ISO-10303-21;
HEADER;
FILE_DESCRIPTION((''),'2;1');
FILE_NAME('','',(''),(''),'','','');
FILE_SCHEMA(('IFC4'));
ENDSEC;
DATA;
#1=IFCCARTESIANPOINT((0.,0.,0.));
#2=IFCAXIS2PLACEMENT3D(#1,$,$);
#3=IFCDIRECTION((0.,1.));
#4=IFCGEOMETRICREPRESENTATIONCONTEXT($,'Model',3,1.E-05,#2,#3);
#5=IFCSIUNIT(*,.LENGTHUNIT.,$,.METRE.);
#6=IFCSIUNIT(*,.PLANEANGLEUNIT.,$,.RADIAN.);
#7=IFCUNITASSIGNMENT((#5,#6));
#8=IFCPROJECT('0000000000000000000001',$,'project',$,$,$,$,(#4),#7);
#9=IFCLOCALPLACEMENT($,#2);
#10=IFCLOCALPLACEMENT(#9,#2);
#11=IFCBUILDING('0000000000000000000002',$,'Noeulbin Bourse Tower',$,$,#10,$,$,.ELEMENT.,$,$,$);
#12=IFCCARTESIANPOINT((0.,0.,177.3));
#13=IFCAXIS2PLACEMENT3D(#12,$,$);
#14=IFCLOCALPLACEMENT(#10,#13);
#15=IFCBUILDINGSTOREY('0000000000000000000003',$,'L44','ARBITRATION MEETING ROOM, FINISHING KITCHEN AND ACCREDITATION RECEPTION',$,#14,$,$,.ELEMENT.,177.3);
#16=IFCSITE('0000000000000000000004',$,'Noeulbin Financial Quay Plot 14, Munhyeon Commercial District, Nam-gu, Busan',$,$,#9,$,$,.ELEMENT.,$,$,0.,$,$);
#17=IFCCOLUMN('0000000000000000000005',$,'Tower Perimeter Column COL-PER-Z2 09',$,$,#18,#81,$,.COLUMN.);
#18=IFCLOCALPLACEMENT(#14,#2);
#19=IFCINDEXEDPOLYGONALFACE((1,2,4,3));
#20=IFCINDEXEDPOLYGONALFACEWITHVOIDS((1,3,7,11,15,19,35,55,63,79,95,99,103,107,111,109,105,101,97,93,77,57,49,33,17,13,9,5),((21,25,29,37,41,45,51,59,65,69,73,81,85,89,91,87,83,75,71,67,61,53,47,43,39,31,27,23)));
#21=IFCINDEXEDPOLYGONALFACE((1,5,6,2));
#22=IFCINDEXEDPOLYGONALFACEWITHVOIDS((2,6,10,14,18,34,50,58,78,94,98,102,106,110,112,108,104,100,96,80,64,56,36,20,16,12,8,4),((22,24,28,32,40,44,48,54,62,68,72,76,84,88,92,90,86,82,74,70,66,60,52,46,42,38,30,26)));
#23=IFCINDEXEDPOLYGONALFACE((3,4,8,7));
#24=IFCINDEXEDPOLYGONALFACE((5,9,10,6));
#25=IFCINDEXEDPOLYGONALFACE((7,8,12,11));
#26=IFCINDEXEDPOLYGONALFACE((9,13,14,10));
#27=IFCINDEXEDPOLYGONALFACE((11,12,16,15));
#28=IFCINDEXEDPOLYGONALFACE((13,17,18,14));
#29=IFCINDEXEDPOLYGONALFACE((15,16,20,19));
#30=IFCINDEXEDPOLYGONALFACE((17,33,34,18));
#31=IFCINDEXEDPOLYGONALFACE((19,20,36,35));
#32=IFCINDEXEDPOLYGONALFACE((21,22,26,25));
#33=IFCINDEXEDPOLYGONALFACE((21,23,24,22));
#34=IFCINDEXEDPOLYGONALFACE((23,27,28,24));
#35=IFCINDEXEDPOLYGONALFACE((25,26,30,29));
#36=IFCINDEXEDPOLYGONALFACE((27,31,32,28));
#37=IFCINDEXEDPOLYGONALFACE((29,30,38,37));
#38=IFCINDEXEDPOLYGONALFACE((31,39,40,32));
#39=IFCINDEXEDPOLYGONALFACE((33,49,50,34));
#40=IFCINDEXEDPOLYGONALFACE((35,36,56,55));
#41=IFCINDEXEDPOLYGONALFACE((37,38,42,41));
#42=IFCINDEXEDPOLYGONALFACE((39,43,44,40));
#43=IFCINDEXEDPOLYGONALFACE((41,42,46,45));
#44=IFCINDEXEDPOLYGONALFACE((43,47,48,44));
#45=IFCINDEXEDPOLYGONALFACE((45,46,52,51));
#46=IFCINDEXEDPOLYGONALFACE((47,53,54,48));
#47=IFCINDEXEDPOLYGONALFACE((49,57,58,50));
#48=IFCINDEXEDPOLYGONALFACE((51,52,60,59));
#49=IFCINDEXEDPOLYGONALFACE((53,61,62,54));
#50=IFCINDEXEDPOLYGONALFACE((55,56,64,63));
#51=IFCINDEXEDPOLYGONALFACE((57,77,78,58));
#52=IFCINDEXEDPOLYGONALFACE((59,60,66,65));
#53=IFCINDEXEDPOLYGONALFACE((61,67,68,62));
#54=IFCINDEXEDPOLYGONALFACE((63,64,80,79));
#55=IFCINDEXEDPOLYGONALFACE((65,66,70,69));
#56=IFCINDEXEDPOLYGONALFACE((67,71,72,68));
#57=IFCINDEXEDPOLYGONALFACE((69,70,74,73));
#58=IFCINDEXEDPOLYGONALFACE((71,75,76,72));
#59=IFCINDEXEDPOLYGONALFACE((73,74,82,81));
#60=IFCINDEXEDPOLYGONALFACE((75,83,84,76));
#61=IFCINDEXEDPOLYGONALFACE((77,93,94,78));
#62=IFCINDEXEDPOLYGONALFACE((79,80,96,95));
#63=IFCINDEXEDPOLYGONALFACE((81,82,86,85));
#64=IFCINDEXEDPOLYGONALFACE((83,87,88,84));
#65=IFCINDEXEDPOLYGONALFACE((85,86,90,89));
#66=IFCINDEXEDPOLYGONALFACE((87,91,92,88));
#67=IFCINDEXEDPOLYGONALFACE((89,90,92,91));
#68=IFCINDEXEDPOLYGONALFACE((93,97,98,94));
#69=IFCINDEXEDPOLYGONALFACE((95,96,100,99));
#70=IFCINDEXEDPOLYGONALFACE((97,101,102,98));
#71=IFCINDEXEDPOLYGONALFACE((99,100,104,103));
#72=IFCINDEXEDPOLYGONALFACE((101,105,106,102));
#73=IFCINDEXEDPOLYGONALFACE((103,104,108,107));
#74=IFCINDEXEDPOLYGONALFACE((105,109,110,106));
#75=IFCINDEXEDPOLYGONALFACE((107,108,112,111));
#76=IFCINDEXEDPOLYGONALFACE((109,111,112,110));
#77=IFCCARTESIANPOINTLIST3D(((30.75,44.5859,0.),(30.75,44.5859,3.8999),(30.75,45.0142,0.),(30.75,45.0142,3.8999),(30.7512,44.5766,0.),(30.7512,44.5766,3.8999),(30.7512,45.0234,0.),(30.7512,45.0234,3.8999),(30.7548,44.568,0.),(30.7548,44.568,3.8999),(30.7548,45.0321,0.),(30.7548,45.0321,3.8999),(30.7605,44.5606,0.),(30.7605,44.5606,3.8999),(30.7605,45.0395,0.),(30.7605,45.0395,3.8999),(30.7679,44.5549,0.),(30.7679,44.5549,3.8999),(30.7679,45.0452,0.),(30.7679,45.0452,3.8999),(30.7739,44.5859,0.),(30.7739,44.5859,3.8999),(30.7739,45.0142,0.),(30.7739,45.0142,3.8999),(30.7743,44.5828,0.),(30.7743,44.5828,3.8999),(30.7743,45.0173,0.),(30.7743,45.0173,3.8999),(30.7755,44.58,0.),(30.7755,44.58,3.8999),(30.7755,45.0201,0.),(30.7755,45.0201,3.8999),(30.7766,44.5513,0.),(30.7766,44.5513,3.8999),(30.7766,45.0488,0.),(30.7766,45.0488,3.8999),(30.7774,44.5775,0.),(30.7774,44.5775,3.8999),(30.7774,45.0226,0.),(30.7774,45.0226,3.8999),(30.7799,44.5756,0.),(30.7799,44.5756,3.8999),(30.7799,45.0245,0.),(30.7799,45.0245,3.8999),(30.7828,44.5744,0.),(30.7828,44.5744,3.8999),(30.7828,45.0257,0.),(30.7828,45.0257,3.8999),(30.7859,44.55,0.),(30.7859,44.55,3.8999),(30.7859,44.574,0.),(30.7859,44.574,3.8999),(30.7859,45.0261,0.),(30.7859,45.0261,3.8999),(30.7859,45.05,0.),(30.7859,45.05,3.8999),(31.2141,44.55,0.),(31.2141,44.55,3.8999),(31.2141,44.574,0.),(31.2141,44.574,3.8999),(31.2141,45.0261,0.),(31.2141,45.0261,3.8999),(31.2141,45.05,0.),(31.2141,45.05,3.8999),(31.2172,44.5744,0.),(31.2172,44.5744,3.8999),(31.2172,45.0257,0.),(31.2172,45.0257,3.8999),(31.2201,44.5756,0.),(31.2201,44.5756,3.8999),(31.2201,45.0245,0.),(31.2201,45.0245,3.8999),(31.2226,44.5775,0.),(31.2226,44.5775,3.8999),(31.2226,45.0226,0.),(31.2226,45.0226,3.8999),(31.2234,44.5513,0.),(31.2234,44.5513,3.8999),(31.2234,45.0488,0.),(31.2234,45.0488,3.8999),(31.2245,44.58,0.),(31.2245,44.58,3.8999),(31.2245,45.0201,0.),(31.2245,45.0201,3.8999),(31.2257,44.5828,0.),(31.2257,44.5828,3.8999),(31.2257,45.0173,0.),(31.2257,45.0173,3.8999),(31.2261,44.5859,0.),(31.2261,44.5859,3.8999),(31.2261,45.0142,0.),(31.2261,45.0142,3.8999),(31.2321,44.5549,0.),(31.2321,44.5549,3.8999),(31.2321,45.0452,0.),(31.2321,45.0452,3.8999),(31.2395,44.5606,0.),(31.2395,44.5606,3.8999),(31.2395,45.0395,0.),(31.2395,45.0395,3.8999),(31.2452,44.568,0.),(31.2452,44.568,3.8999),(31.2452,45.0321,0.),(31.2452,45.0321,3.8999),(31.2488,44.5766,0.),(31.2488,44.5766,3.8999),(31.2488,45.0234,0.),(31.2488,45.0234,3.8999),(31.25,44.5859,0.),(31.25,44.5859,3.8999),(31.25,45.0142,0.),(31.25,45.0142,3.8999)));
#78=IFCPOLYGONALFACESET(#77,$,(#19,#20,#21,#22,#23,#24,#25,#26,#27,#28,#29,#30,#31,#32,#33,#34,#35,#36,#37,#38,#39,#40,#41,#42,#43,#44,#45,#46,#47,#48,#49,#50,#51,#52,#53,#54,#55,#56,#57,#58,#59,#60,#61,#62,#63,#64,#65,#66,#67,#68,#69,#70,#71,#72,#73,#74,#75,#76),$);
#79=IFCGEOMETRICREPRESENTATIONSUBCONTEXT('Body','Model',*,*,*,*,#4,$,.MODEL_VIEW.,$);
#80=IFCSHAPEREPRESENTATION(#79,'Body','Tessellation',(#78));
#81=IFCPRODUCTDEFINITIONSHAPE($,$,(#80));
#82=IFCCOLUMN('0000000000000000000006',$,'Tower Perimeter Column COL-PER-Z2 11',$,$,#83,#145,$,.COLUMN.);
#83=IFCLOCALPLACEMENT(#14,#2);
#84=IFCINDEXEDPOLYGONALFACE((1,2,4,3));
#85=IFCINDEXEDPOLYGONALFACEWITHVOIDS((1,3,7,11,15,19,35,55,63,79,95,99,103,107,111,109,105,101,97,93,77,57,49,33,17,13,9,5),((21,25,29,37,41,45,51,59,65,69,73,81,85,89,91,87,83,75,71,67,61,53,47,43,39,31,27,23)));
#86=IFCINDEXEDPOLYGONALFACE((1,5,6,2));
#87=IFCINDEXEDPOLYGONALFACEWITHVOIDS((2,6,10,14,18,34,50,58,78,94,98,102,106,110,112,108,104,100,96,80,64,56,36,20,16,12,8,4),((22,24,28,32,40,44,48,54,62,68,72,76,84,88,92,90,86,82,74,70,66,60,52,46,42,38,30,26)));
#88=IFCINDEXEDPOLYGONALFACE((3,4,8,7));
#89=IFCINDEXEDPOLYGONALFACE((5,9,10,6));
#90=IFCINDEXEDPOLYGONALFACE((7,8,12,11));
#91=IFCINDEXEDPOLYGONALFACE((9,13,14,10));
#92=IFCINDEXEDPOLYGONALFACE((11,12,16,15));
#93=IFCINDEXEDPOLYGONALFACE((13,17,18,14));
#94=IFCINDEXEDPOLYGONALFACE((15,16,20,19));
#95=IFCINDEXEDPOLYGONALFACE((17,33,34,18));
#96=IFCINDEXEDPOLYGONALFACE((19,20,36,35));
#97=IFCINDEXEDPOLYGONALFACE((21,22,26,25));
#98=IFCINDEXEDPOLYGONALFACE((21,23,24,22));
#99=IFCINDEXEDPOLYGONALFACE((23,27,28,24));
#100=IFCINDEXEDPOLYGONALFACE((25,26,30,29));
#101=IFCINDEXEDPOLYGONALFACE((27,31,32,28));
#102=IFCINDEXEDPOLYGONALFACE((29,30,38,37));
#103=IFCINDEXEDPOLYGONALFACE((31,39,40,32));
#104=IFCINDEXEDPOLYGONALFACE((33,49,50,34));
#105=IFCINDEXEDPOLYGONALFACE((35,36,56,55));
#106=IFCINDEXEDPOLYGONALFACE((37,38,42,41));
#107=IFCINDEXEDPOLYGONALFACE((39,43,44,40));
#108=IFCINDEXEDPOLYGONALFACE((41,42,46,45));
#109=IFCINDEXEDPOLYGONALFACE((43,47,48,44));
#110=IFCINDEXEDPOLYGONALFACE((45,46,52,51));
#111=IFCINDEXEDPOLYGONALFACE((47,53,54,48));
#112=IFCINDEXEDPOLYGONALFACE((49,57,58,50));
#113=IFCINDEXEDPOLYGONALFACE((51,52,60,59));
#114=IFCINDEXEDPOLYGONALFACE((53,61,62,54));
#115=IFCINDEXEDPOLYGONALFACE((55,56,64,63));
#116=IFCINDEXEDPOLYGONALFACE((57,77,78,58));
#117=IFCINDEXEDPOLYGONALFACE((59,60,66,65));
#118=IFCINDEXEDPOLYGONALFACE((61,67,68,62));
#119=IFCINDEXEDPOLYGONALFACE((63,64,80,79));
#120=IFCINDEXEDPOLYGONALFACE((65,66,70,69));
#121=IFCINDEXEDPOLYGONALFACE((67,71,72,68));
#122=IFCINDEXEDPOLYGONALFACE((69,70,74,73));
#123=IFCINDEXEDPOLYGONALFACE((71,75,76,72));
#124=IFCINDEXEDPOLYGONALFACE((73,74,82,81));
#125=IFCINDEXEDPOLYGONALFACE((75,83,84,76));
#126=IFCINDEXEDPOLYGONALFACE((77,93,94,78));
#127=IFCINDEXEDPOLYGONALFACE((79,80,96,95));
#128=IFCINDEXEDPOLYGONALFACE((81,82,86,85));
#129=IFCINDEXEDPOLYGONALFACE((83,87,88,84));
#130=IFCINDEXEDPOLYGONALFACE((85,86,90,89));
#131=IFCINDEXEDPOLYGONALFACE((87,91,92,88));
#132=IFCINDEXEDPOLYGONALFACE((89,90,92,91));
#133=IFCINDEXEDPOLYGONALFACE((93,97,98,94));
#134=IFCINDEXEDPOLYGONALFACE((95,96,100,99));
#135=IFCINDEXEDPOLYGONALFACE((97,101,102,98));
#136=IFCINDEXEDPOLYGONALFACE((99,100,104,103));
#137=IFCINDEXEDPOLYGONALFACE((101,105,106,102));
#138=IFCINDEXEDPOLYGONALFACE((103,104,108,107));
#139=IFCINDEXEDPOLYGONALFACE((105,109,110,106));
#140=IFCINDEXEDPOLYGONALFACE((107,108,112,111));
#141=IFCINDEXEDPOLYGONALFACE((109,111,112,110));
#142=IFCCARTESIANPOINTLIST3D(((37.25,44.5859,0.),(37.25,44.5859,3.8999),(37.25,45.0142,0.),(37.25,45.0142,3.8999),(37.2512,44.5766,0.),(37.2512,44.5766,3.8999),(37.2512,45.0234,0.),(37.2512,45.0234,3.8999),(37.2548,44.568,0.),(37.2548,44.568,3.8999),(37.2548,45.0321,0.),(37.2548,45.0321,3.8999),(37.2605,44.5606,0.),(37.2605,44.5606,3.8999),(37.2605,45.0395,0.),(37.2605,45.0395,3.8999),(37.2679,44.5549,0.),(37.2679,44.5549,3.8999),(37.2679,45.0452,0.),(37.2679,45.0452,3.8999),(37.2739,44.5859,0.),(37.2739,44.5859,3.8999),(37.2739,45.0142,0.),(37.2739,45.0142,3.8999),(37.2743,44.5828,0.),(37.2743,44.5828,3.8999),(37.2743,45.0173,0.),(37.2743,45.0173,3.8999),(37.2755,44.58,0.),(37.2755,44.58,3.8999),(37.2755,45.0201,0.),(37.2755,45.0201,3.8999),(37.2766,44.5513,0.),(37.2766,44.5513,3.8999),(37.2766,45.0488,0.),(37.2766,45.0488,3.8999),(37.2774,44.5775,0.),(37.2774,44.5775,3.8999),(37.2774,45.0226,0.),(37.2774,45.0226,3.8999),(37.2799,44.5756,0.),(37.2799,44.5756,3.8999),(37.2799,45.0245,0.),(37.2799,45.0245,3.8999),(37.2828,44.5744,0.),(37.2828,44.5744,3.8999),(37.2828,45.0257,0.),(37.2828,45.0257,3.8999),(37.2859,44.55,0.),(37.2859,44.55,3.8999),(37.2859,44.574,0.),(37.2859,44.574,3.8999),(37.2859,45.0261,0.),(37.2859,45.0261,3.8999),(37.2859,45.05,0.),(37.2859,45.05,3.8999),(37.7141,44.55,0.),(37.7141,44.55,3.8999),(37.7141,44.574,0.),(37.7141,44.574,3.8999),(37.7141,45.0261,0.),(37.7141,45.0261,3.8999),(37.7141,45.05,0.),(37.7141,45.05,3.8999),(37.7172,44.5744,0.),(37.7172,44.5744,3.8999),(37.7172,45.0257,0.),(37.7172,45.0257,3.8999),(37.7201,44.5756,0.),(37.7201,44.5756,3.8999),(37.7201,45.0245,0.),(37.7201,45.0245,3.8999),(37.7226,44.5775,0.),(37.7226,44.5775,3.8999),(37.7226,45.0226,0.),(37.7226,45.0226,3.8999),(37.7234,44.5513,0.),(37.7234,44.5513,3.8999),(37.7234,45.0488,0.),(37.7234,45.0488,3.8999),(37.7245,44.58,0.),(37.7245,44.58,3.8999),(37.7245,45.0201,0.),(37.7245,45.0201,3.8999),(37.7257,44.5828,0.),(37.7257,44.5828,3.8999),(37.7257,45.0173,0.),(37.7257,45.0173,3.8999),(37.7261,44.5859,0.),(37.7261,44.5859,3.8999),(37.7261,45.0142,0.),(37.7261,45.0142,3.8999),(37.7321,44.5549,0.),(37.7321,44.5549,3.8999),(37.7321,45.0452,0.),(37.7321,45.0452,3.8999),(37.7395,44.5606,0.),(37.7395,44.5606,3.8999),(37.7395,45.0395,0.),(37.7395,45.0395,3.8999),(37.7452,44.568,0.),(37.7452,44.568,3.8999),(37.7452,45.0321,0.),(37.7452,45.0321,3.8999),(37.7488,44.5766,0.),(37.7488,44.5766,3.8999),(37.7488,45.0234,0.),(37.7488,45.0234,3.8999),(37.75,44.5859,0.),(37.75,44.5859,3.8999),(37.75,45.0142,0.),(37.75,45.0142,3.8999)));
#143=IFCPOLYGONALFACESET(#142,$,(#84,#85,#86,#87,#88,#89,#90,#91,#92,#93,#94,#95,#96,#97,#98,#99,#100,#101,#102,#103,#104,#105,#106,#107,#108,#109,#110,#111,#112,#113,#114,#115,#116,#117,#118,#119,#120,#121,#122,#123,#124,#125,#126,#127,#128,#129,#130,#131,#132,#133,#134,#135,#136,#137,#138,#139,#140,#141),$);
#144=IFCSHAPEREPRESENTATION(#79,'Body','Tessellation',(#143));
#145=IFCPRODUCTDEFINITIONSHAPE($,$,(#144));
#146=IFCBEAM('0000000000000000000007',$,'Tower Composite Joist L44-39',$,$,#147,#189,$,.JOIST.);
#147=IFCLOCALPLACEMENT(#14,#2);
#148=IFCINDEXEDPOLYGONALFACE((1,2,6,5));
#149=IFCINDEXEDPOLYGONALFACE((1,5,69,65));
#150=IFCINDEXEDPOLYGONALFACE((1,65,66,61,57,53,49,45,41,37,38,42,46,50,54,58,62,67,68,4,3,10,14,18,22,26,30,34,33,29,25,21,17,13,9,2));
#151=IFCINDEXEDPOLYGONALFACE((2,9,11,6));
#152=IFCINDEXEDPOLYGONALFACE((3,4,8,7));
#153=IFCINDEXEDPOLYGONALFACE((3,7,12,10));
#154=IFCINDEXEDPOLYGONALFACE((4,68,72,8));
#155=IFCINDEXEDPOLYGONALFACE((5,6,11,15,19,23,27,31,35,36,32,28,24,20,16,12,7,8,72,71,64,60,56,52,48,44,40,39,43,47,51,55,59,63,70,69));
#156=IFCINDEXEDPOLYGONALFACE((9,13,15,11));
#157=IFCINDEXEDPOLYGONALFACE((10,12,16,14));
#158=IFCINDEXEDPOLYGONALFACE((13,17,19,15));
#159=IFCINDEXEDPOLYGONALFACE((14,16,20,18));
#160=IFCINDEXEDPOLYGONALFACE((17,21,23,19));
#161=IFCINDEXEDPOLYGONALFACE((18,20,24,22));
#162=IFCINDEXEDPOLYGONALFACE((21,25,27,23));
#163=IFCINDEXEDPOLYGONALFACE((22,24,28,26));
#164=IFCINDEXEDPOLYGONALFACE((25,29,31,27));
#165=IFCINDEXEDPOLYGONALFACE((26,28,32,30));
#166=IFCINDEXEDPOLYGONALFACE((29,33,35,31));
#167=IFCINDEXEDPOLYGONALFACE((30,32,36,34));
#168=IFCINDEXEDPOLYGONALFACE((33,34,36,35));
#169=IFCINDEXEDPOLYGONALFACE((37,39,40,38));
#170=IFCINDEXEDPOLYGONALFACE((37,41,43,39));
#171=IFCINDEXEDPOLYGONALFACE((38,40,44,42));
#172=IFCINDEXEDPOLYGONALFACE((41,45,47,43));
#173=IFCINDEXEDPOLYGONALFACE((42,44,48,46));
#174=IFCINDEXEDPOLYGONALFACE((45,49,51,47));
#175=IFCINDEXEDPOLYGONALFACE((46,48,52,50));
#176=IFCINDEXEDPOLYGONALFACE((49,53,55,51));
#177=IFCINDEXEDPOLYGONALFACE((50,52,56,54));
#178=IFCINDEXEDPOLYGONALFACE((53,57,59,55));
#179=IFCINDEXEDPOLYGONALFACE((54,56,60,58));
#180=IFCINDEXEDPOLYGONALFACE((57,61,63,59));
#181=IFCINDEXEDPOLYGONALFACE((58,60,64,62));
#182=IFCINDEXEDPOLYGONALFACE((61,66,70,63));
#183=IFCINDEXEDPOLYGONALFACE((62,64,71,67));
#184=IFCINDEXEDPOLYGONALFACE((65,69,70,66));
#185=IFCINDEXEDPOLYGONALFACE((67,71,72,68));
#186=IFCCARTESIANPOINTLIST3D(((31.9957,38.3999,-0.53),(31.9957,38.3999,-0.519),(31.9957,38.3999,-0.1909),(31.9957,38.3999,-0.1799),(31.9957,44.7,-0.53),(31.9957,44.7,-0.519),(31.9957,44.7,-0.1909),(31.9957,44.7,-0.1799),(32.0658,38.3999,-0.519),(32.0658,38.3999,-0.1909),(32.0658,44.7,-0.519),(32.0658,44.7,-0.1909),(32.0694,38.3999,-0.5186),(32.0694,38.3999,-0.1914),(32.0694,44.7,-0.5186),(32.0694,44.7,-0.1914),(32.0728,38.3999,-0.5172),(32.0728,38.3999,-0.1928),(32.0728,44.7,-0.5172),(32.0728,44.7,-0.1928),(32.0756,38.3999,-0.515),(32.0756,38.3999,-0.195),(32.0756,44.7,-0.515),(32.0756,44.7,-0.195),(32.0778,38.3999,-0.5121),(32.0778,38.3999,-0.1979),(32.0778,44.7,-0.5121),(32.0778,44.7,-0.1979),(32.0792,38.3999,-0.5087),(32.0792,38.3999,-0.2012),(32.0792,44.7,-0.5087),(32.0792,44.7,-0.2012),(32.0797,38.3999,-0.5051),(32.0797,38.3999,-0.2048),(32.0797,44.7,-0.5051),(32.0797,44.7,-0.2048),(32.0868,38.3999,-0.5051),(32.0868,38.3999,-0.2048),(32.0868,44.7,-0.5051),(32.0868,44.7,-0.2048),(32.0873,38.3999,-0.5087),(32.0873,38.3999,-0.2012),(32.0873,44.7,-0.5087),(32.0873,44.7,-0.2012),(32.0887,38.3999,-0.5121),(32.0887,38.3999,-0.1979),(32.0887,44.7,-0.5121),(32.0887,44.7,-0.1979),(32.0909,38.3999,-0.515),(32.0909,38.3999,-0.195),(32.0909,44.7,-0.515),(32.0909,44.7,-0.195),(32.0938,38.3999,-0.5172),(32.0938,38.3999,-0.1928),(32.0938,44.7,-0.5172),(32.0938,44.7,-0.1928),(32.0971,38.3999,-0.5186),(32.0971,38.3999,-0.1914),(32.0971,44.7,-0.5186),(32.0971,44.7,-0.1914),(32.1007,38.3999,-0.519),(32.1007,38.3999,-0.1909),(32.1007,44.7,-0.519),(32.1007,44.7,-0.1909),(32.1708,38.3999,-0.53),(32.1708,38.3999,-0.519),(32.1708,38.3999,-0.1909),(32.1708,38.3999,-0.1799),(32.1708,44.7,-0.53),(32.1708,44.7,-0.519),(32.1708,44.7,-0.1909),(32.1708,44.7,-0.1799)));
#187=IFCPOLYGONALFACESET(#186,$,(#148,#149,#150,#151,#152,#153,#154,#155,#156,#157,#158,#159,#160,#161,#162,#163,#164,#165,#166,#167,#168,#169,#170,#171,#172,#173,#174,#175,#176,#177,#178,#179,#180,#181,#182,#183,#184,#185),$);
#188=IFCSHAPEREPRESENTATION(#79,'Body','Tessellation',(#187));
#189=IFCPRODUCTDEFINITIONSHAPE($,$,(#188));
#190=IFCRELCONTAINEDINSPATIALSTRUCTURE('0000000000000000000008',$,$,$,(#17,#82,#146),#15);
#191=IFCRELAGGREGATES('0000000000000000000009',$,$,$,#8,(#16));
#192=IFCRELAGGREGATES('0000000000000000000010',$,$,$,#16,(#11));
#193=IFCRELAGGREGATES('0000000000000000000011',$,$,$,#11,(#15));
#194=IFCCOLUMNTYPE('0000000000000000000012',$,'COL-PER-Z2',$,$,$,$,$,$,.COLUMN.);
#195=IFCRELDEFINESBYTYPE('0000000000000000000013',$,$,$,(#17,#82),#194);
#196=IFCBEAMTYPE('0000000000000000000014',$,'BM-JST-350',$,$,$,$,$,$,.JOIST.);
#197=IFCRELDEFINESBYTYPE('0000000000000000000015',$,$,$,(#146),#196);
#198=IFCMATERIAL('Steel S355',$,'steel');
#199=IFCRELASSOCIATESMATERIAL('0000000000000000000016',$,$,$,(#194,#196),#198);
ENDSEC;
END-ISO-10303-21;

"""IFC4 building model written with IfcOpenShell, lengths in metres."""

from ifc_helpers import new_model, si_unit, direction, frame, origin, origin_2d, place, context, subcontext, project, spatial, hollow_rectangle, i_section, extrude, material, material_profile, profile_set, type_object, element, save


model = new_model("IFC4")

# Units and contexts
model_context = context("Model", 3, precision=1e-05, world=origin(), true_north=direction((0.0, 1.0)))
body_context = subcontext(model_context, "Body", "Model", "MODEL_VIEW")
ifc_project = project(units=[si_unit("LENGTHUNIT", "METRE"), si_unit("PLANEANGLEUNIT", "RADIAN")], contexts=[model_context])

# Site, building, storey
site_placement = place(None, origin())
site = spatial("IfcSite", under=ifc_project, at=site_placement, Name="Noeulbin Financial Quay Plot 14, Munhyeon Commercial District, Nam-gu, Busan", CompositionType="ELEMENT", RefElevation=0.0)
building_placement = place(site_placement, origin())
building = spatial("IfcBuilding", under=site, at=building_placement, Name="Noeulbin Bourse Tower", CompositionType="ELEMENT")
storey_placement = place(building_placement, frame((0.0, 0.0, 177.3)))
storey = spatial("IfcBuildingStorey", under=building, at=storey_placement, Name="L44", Description="ARBITRATION MEETING ROOM, FINISHING KITCHEN AND ACCREDITATION RECEPTION", CompositionType="ELEMENT", Elevation=177.3)

# Columns
ifc_material_1 = material(Name="Steel S355", Category="steel")
ifc_material_profile_1 = material_profile(ifc_material_1, hollow_rectangle(XDim=0.5, YDim=0.5, WallThickness=0.0239, InnerFilletRadius=0.012, OuterFilletRadius=0.0359, at=origin_2d()), Name="BOX-500x500x24", Category="LoadBearing")
ifc_profile_set_1 = profile_set([ifc_material_profile_1], Name="Steel S355")
column_type = type_object("IfcColumnType", Name="COL-PER-Z2", PredefinedType="COLUMN", material=ifc_profile_set_1)
for number, where, z_axis, x_axis, name in (
    (1, (31.0, 44.8, 0.0), (0.0, 0.0, 1.0), (1.0, 0.0, 0.0), "Tower Perimeter Column COL-PER-Z2 09"),
    (2, (37.5, 44.8, 0.0), (0.0, 0.0, 1.0), (1.0, 0.0, 0.0), "Tower Perimeter Column COL-PER-Z2 11"),
):
    element("IfcColumn", number, at=place(storey_placement, frame(where, z_axis=z_axis, x_axis=x_axis)), inside=storey, type_object=column_type, Name=name, PredefinedType="COLUMN", context=body_context, shape_type="SweptSolid", body=[
        extrude(hollow_rectangle(XDim=0.5, YDim=0.5, WallThickness=0.0239, InnerFilletRadius=0.012, OuterFilletRadius=0.0359, at=origin_2d()), origin(), (0.0, 0.0, 1.0), 3.8999),
    ])

# Beam
ifc_material_profile_2 = material_profile(ifc_material_1, i_section(OverallWidth=0.175, OverallDepth=0.3501, WebThickness=0.0071, FlangeThickness=0.011, FilletRadius=0.0139, at=origin_2d()), Name="H-350x175x7x11", Category="LoadBearing")
ifc_profile_set_2 = profile_set([ifc_material_profile_2], Name="Steel S355")
beam_type_1 = type_object("IfcBeamType", Name="BM-JST-350", PredefinedType="JOIST", material=ifc_profile_set_2)
for number, where, z_axis, x_axis, name in (
    (3, (32.0833, 38.3999, -0.355), (0.0, 1.0, 0.0), (-1.0, 0.0, 0.0), "Tower Composite Joist L44-39"),
):
    element("IfcBeam", number, at=place(storey_placement, frame(where, z_axis=z_axis, x_axis=x_axis)), inside=storey, type_object=beam_type_1, Name=name, PredefinedType="JOIST", context=body_context, shape_type="SweptSolid", body=[
        extrude(i_section(OverallWidth=0.175, OverallDepth=0.3501, WebThickness=0.0071, FlangeThickness=0.011, FilletRadius=0.0139, at=origin_2d()), origin(), (0.0, 0.0, 1.0), 6.3),
    ])

save(model, "model.ifc")
